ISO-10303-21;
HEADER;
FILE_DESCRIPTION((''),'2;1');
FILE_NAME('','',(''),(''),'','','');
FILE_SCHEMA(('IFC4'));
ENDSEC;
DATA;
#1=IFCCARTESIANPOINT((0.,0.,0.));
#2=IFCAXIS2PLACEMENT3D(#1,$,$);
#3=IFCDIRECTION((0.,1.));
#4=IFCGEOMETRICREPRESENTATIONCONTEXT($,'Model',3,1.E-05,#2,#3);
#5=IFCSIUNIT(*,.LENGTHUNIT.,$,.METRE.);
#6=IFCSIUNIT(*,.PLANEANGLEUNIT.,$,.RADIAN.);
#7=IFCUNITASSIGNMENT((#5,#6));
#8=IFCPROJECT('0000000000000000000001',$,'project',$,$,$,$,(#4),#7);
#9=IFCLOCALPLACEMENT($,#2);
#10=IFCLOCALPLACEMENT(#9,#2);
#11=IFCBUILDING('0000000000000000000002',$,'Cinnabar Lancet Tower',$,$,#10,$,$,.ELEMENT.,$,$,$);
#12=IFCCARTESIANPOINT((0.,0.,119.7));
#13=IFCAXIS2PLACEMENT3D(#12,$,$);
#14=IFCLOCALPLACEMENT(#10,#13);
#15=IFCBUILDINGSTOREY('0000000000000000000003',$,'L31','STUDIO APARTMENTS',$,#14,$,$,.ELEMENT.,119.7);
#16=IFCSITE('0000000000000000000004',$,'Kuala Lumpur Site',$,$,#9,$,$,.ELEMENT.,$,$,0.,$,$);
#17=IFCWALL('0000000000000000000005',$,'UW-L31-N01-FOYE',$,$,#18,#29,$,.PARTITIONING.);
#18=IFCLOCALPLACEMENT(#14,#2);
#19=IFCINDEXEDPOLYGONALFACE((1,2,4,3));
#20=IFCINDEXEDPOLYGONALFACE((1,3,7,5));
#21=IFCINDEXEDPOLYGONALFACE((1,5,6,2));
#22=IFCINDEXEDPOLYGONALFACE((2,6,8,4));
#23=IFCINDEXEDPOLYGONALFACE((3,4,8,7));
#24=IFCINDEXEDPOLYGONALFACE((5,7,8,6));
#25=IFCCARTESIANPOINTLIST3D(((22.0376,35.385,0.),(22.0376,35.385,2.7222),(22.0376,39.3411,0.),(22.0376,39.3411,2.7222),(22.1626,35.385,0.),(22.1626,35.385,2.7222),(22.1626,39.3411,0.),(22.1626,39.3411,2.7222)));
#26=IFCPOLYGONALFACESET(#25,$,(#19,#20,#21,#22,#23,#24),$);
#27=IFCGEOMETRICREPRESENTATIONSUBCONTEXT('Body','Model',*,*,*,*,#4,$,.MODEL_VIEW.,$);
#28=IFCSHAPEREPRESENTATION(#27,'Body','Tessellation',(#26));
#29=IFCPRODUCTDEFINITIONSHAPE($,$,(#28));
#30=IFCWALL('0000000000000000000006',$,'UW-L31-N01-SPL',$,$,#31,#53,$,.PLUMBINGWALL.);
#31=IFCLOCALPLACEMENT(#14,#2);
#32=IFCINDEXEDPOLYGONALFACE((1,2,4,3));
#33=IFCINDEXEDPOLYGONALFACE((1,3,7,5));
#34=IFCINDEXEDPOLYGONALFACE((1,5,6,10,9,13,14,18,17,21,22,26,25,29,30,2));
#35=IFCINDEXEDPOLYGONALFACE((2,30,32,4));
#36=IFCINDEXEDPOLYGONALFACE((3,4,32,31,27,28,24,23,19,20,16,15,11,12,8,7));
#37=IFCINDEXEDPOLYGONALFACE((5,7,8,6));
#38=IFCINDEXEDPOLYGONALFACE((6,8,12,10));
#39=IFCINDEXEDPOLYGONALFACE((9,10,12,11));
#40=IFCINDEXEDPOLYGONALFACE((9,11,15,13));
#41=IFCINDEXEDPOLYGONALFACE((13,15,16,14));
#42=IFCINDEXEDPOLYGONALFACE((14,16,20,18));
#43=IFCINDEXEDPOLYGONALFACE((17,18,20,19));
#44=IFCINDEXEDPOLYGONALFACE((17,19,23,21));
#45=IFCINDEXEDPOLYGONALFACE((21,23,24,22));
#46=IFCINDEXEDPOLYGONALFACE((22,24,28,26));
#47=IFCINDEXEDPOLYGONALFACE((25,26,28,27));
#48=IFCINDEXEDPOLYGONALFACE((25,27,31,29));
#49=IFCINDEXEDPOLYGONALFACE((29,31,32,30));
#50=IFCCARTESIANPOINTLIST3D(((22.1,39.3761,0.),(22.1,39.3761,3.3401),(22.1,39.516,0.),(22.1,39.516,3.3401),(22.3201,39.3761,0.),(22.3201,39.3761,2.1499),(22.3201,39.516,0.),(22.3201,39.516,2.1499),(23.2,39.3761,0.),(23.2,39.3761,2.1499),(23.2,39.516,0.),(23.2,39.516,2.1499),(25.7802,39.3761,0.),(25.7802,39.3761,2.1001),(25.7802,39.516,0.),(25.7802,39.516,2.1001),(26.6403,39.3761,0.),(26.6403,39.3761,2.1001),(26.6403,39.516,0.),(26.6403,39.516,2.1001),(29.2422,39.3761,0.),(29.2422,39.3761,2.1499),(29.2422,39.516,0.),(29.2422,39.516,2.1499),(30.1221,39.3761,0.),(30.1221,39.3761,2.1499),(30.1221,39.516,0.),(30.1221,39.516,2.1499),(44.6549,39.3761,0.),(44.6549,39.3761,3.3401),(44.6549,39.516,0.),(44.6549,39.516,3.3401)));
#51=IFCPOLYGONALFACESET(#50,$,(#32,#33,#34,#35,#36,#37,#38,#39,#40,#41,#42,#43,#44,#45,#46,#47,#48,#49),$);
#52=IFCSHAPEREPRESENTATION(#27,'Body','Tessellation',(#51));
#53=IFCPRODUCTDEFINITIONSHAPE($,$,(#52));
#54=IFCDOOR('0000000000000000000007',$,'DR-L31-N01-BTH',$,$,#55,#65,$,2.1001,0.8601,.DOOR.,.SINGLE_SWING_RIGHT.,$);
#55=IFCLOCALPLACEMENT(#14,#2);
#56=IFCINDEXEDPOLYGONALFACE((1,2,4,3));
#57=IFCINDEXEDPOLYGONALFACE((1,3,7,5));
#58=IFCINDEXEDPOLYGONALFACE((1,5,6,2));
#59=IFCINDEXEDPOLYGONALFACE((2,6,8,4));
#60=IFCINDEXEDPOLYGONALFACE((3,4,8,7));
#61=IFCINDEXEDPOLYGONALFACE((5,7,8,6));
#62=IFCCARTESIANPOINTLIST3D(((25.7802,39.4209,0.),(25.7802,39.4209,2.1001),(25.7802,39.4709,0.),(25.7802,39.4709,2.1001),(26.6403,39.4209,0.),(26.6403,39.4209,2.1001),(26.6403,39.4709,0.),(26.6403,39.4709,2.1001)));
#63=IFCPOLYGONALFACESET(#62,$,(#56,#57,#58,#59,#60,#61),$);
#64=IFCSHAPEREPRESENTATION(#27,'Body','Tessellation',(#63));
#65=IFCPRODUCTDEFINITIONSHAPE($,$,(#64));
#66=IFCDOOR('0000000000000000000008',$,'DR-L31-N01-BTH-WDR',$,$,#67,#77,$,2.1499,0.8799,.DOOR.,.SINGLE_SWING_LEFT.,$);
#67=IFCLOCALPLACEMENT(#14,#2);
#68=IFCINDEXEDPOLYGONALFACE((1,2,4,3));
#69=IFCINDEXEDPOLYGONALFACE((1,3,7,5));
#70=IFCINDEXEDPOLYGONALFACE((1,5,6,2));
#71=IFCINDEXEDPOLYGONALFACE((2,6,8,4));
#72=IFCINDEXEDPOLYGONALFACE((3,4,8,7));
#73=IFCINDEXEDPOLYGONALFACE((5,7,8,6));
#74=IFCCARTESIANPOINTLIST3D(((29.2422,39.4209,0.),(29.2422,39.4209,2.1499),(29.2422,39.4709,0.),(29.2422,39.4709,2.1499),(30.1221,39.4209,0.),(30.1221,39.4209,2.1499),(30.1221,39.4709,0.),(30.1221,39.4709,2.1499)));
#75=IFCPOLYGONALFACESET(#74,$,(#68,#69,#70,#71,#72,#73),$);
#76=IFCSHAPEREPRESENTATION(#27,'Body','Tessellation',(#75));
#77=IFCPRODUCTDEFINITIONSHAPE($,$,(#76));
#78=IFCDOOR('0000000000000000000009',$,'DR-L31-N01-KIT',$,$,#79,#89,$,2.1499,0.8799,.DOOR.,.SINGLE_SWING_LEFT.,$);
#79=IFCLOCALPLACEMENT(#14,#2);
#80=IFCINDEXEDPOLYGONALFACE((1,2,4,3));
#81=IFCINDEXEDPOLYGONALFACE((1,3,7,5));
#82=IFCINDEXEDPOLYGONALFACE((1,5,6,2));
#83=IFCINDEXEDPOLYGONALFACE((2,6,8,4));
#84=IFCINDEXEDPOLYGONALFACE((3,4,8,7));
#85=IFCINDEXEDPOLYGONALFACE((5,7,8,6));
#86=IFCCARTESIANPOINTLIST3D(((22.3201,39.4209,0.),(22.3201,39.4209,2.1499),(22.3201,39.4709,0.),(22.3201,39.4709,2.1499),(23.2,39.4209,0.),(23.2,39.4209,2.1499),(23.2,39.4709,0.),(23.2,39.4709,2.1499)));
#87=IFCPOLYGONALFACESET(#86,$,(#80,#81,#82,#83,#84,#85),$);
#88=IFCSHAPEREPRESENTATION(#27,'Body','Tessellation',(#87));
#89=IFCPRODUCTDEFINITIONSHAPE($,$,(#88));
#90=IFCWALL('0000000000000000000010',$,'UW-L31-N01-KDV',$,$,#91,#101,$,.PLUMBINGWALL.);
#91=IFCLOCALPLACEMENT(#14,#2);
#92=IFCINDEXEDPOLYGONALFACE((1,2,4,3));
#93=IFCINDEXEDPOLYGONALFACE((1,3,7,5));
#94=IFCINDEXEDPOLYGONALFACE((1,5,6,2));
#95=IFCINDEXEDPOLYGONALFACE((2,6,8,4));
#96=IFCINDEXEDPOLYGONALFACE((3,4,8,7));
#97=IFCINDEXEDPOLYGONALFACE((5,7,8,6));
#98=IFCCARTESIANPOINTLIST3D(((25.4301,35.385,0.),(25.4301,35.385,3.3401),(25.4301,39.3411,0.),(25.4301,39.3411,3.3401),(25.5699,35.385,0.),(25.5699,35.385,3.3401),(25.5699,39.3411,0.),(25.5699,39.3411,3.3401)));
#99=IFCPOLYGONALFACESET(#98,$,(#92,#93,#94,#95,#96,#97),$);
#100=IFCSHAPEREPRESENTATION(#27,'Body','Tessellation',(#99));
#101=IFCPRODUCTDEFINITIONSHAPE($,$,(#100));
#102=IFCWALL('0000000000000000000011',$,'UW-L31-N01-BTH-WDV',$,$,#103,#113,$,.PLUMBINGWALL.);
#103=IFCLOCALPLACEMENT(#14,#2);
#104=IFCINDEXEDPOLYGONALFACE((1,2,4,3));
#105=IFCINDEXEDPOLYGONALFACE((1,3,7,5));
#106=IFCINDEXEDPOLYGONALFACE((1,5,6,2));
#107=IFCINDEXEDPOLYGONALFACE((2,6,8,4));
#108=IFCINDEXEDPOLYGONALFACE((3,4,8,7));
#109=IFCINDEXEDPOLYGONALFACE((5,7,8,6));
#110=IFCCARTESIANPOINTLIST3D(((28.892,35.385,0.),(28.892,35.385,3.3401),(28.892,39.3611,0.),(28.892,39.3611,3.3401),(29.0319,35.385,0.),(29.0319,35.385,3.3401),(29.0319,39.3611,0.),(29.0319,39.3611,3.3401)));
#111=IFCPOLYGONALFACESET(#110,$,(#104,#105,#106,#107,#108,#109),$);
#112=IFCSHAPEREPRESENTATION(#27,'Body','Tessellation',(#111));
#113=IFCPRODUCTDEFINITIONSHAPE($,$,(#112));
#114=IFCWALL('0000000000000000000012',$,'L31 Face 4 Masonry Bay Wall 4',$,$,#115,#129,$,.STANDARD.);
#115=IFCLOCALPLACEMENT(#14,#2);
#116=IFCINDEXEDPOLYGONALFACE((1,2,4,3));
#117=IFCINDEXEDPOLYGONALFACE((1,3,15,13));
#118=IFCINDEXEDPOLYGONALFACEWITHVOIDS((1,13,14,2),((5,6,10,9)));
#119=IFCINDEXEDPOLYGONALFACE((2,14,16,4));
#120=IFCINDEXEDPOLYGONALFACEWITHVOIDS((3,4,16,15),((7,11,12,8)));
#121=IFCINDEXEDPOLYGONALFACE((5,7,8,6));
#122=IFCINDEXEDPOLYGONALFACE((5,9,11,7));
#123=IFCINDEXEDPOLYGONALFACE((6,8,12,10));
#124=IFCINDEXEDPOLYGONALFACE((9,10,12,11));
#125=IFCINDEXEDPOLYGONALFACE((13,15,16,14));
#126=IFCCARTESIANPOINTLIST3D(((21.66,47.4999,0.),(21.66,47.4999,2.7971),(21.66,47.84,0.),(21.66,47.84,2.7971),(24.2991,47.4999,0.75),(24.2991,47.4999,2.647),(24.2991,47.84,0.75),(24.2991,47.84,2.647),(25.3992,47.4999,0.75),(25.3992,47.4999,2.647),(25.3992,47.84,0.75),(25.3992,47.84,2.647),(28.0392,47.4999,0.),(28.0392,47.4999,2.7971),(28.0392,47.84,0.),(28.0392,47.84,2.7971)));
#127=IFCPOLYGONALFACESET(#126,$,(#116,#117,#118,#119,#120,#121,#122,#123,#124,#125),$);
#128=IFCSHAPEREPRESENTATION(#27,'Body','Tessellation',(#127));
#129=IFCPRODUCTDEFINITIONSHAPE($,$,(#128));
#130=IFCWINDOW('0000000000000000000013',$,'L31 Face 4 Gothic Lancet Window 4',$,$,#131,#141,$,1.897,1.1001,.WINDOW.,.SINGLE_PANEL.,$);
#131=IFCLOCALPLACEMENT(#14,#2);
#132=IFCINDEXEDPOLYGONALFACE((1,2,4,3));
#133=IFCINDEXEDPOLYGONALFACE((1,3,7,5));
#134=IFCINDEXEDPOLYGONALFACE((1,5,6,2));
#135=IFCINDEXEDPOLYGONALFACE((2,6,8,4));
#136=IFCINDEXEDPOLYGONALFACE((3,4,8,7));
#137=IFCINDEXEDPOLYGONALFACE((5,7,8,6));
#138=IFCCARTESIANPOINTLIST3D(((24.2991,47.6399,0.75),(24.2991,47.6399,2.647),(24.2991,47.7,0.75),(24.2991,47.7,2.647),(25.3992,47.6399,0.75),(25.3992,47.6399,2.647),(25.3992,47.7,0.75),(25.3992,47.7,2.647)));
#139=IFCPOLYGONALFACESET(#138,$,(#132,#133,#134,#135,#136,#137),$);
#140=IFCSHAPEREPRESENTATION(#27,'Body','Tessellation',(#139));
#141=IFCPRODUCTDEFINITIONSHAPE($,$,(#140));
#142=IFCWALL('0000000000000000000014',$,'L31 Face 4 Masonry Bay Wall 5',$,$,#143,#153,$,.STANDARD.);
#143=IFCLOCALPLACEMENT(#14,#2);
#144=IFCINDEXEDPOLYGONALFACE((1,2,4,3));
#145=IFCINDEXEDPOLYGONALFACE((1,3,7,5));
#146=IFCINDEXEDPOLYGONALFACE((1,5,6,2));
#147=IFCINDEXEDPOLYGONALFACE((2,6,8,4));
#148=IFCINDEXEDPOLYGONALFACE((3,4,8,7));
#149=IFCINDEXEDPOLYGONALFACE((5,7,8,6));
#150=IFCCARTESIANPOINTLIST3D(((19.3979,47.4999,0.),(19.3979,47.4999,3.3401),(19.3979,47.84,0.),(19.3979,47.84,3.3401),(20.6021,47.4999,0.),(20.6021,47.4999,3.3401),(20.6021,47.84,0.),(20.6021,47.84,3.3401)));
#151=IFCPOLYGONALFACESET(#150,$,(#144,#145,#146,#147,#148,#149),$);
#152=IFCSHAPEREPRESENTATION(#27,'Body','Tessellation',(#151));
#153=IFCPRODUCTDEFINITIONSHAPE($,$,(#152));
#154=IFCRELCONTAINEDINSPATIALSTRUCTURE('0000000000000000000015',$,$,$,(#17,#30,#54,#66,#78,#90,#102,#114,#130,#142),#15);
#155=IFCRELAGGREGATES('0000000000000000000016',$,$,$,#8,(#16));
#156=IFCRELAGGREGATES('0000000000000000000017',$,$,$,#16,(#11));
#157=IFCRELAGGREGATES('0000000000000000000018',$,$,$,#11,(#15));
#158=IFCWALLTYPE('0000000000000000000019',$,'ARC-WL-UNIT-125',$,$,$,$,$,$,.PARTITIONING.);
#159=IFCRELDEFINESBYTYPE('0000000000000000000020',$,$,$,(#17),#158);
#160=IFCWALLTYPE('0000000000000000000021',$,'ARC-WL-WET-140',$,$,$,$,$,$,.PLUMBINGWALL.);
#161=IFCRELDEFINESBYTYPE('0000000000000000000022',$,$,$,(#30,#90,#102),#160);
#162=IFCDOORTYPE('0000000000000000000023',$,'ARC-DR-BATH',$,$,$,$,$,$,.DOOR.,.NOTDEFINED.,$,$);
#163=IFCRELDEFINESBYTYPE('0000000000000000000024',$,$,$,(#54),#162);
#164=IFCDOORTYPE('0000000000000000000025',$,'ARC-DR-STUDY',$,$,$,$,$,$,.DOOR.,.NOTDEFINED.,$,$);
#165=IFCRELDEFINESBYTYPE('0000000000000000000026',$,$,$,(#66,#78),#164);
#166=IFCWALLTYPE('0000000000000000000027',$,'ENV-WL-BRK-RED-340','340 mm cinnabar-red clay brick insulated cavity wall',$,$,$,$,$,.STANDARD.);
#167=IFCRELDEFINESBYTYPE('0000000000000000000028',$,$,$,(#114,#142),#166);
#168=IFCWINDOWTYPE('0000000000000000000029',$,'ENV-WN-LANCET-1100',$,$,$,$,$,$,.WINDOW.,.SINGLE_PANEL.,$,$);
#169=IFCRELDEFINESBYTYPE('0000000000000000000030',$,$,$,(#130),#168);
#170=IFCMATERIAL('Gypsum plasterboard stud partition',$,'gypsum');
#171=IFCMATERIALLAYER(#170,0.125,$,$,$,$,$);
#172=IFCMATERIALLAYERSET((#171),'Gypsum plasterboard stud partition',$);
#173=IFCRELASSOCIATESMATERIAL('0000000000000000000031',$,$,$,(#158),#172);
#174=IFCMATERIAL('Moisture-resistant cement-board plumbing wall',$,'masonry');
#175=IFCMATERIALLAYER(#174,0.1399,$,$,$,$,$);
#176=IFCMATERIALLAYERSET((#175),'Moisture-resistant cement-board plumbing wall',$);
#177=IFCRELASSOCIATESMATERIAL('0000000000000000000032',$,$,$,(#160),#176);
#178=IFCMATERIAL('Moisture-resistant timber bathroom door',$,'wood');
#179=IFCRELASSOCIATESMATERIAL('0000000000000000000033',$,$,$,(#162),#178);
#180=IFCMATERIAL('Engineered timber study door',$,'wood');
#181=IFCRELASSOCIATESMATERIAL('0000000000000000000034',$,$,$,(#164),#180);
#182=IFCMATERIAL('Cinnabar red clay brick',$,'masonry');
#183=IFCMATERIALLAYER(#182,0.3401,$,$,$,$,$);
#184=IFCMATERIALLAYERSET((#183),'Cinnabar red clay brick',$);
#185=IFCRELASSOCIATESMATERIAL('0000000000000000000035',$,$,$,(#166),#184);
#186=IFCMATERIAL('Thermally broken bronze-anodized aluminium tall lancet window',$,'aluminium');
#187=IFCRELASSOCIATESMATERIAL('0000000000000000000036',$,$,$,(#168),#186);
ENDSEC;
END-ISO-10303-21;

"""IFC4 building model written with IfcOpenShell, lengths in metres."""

from ifc_helpers import new_model, si_unit, direction, frame, frame_2d, origin, place, context, subcontext, project, spatial, rectangle, extrude, material, layer, layer_set, type_object, element, fill, save


model = new_model("IFC4")

# Units and contexts
model_context = context("Model", 3, precision=1e-05, world=origin(), true_north=direction((0.0, 1.0)))
body_context = subcontext(model_context, "Body", "Model", "MODEL_VIEW")
ifc_project = project(units=[si_unit("LENGTHUNIT", "METRE"), si_unit("PLANEANGLEUNIT", "RADIAN")], contexts=[model_context])

# Site, building, storey
site_placement = place(None, origin())
site = spatial("IfcSite", under=ifc_project, at=site_placement, Name="Kuala Lumpur Site", CompositionType="ELEMENT", RefElevation=0.0)
building_placement = place(site_placement, origin())
building = spatial("IfcBuilding", under=site, at=building_placement, Name="Cinnabar Lancet Tower", CompositionType="ELEMENT")
storey_placement = place(building_placement, frame((0.0, 0.0, 119.7)))
storey = spatial("IfcBuildingStorey", under=building, at=storey_placement, Name="L31", Description="STUDIO APARTMENTS", CompositionType="ELEMENT", Elevation=119.7)

# Wall
ifc_material_1 = material(Name="Gypsum plasterboard stud partition", Category="gypsum")
ifc_layer_1 = layer(ifc_material_1, 0.125)
ifc_layer_set_1 = layer_set([ifc_layer_1], Name="Gypsum plasterboard stud partition")
wall_type_1 = type_object("IfcWallType", Name="ARC-WL-UNIT-125", PredefinedType="PARTITIONING", material=ifc_layer_set_1)
wall_1_placement = place(storey_placement, frame((22.1001, 35.385, 0.0), z_axis=(0.0, 0.0, 1.0), x_axis=(0.0, 1.0, 0.0)))
element("IfcWall", 1, at=wall_1_placement, inside=storey, type_object=wall_type_1, Name="UW-L31-N01-FOYE", PredefinedType="PARTITIONING", context=body_context, shape_type="SweptSolid", body=[
    extrude(rectangle(XDim=3.9561, YDim=0.125, at=frame_2d((1.978, 0.0))), origin(), (0.0, 0.0, 1.0), 2.7222),
])

# Wall, openings, doors
ifc_material_2 = material(Name="Moisture-resistant cement-board plumbing wall", Category="masonry")
ifc_layer_2 = layer(ifc_material_2, 0.1399)
ifc_layer_set_2 = layer_set([ifc_layer_2], Name="Moisture-resistant cement-board plumbing wall")
wall_type_2 = type_object("IfcWallType", Name="ARC-WL-WET-140", PredefinedType="PLUMBINGWALL", material=ifc_layer_set_2)
wall_2_placement = place(storey_placement, frame((22.1001, 39.446, 0.0), z_axis=(0.0, 0.0, 1.0), x_axis=(1.0, 0.0, 0.0)))
wall_2 = element("IfcWall", 2, at=wall_2_placement, inside=storey, type_object=wall_type_2, Name="UW-L31-N01-SPL", PredefinedType="PLUMBINGWALL", context=body_context, shape_type="SweptSolid", body=[
    extrude(rectangle(XDim=22.5549, YDim=0.1399, at=frame_2d((11.2773, 0.0))), origin(), (0.0, 0.0, 1.0), 3.3401),
])
opening_1_placement = place(wall_2_placement, frame((3.6799, 0.0, 0.0)))
opening_1 = element("IfcOpeningElement", 3, at=opening_1_placement, cuts=wall_2, PredefinedType="OPENING", context=body_context, shape_type="SweptSolid", body=[
    extrude(rectangle(XDim=0.8601, YDim=2.1001, at=frame_2d((0.4302, 1.05))), frame((0.0, 0.0798, 0.0), z_axis=(0.0, -1.0, 0.0), x_axis=(1.0, 0.0, 0.0)), (0.0, 0.0, 1.0), 0.1599),
])
opening_2_placement = place(wall_2_placement, frame((7.1421, 0.0, 0.0)))
opening_2 = element("IfcOpeningElement", 4, at=opening_2_placement, cuts=wall_2, PredefinedType="OPENING", context=body_context, shape_type="SweptSolid", body=[
    extrude(rectangle(XDim=0.8799, YDim=2.1499, at=frame_2d((0.4399, 1.075))), frame((0.0, 0.0798, 0.0), z_axis=(0.0, -1.0, 0.0), x_axis=(1.0, 0.0, 0.0)), (0.0, 0.0, 1.0), 0.1599),
])
opening_3_placement = place(wall_2_placement, frame((0.22, 0.0, 0.0)))
opening_3 = element("IfcOpeningElement", 5, at=opening_3_placement, cuts=wall_2, PredefinedType="OPENING", context=body_context, shape_type="SweptSolid", body=[
    extrude(rectangle(XDim=0.8799, YDim=2.1499, at=frame_2d((0.4399, 1.075))), frame((0.0, 0.0798, 0.0), z_axis=(0.0, -1.0, 0.0), x_axis=(1.0, 0.0, 0.0)), (0.0, 0.0, 1.0), 0.1599),
])
ifc_material_3 = material(Name="Moisture-resistant timber bathroom door", Category="wood")
door_type_1 = type_object("IfcDoorType", Name="ARC-DR-BATH", OperationType="NOTDEFINED", PredefinedType="DOOR", material=ifc_material_3)
door_1_placement = place(opening_1_placement, origin())
door_1 = element("IfcDoor", 6, at=door_1_placement, inside=storey, type_object=door_type_1, Name="DR-L31-N01-BTH", OperationType="SINGLE_SWING_RIGHT", OverallHeight=2.1001, OverallWidth=0.8601, PredefinedType="DOOR", context=body_context, shape_type="SweptSolid", body=[
    extrude(rectangle(XDim=0.8601, YDim=2.1001, at=frame_2d((0.4302, 1.05))), frame((0.0, 0.0249, 0.0), z_axis=(0.0, -1.0, 0.0), x_axis=(1.0, 0.0, 0.0)), (0.0, 0.0, 1.0), 0.05),
])
fill(opening_1, door_1)
ifc_material_4 = material(Name="Engineered timber study door", Category="wood")
door_type_2 = type_object("IfcDoorType", Name="ARC-DR-STUDY", OperationType="NOTDEFINED", PredefinedType="DOOR", material=ifc_material_4)
door_2_placement = place(opening_2_placement, origin())
door_2 = element("IfcDoor", 7, at=door_2_placement, inside=storey, type_object=door_type_2, Name="DR-L31-N01-BTH-WDR", OperationType="SINGLE_SWING_LEFT", OverallHeight=2.1499, OverallWidth=0.8799, PredefinedType="DOOR", context=body_context, shape_type="SweptSolid", body=[
    extrude(rectangle(XDim=0.8799, YDim=2.1499, at=frame_2d((0.4399, 1.075))), frame((0.0, 0.0249, 0.0), z_axis=(0.0, -1.0, 0.0), x_axis=(1.0, 0.0, 0.0)), (0.0, 0.0, 1.0), 0.05),
])
fill(opening_2, door_2)
door_3_placement = place(opening_3_placement, origin())
door_3 = element("IfcDoor", 8, at=door_3_placement, inside=storey, type_object=door_type_2, Name="DR-L31-N01-KIT", OperationType="SINGLE_SWING_LEFT", OverallHeight=2.1499, OverallWidth=0.8799, PredefinedType="DOOR", context=body_context, shape_type="SweptSolid", body=[
    extrude(rectangle(XDim=0.8799, YDim=2.1499, at=frame_2d((0.4399, 1.075))), frame((0.0, 0.0249, 0.0), z_axis=(0.0, -1.0, 0.0), x_axis=(1.0, 0.0, 0.0)), (0.0, 0.0, 1.0), 0.05),
])
fill(opening_3, door_3)

# Walls
wall_3_placement = place(storey_placement, frame((25.5, 35.385, 0.0), z_axis=(0.0, 0.0, 1.0), x_axis=(0.0, 1.0, 0.0)))
element("IfcWall", 9, at=wall_3_placement, inside=storey, type_object=wall_type_2, Name="UW-L31-N01-KDV", PredefinedType="PLUMBINGWALL", context=body_context, shape_type="SweptSolid", body=[
    extrude(rectangle(XDim=3.9561, YDim=0.1399, at=frame_2d((1.978, 0.0))), origin(), (0.0, 0.0, 1.0), 3.3401),
])
wall_4_placement = place(storey_placement, frame((28.9619, 35.385, 0.0), z_axis=(0.0, 0.0, 1.0), x_axis=(0.0, 1.0, 0.0)))
element("IfcWall", 10, at=wall_4_placement, inside=storey, type_object=wall_type_2, Name="UW-L31-N01-BTH-WDV", PredefinedType="PLUMBINGWALL", context=body_context, shape_type="SweptSolid", body=[
    extrude(rectangle(XDim=3.9761, YDim=0.1399, at=frame_2d((1.988, 0.0))), origin(), (0.0, 0.0, 1.0), 3.3401),
])

# Wall, opening, window
ifc_material_5 = material(Name="Cinnabar red clay brick", Category="masonry")
ifc_layer_3 = layer(ifc_material_5, 0.3401)
ifc_layer_set_3 = layer_set([ifc_layer_3], Name="Cinnabar red clay brick")
wall_type_3 = type_object("IfcWallType", Name="ENV-WL-BRK-RED-340", Description="340 mm cinnabar-red clay brick insulated cavity wall", PredefinedType="STANDARD", material=ifc_layer_set_3)
wall_5_placement = place(storey_placement, frame((28.0391, 47.6699, 0.0), z_axis=(0.0, 0.0, 1.0), x_axis=(-1.0, 0.0, 0.0)))
wall_5 = element("IfcWall", 11, at=wall_5_placement, inside=storey, type_object=wall_type_3, Name="L31 Face 4 Masonry Bay Wall 4", PredefinedType="STANDARD", context=body_context, shape_type="SweptSolid", body=[
    extrude(rectangle(XDim=6.3792, YDim=0.3401, at=frame_2d((3.1895, 0.0))), origin(), (0.0, 0.0, 1.0), 2.7971),
])
opening_4_placement = place(wall_5_placement, frame((2.6399, 0.0, 0.75)))
opening_4 = element("IfcOpeningElement", 12, at=opening_4_placement, cuts=wall_5, PredefinedType="OPENING", context=body_context, shape_type="SweptSolid", body=[
    extrude(rectangle(XDim=1.1001, YDim=1.897, at=frame_2d((0.55, 0.9485))), frame((0.0, 0.1799, 0.0), z_axis=(0.0, -1.0, 0.0), x_axis=(1.0, 0.0, 0.0)), (0.0, 0.0, 1.0), 0.3601),
])
ifc_material_6 = material(Name="Thermally broken bronze-anodized aluminium tall lancet window", Category="aluminium")
window_type = type_object("IfcWindowType", Name="ENV-WN-LANCET-1100", PartitioningType="SINGLE_PANEL", PredefinedType="WINDOW", material=ifc_material_6)
window_placement = place(opening_4_placement, origin())
window = element("IfcWindow", 13, at=window_placement, inside=storey, type_object=window_type, Name="L31 Face 4 Gothic Lancet Window 4", OverallHeight=1.897, OverallWidth=1.1001, PartitioningType="SINGLE_PANEL", PredefinedType="WINDOW", context=body_context, shape_type="SweptSolid", body=[
    extrude(rectangle(XDim=1.1001, YDim=1.897, at=frame_2d((0.55, 0.9485))), frame((0.0, 0.03, 0.0), z_axis=(0.0, -1.0, 0.0), x_axis=(1.0, 0.0, 0.0)), (0.0, 0.0, 1.0), 0.0601),
])
fill(opening_4, window)

# Wall
wall_6_placement = place(storey_placement, frame((20.6021, 47.6699, 0.0), z_axis=(0.0, 0.0, 1.0), x_axis=(-1.0, 0.0, 0.0)))
element("IfcWall", 14, at=wall_6_placement, inside=storey, type_object=wall_type_3, Name="L31 Face 4 Masonry Bay Wall 5", PredefinedType="STANDARD", context=body_context, shape_type="SweptSolid", body=[
    extrude(rectangle(XDim=1.2041, YDim=0.3401, at=frame_2d((0.6021, 0.0))), origin(), (0.0, 0.0, 1.0), 3.3401),
])

save(model, "model.ifc")
